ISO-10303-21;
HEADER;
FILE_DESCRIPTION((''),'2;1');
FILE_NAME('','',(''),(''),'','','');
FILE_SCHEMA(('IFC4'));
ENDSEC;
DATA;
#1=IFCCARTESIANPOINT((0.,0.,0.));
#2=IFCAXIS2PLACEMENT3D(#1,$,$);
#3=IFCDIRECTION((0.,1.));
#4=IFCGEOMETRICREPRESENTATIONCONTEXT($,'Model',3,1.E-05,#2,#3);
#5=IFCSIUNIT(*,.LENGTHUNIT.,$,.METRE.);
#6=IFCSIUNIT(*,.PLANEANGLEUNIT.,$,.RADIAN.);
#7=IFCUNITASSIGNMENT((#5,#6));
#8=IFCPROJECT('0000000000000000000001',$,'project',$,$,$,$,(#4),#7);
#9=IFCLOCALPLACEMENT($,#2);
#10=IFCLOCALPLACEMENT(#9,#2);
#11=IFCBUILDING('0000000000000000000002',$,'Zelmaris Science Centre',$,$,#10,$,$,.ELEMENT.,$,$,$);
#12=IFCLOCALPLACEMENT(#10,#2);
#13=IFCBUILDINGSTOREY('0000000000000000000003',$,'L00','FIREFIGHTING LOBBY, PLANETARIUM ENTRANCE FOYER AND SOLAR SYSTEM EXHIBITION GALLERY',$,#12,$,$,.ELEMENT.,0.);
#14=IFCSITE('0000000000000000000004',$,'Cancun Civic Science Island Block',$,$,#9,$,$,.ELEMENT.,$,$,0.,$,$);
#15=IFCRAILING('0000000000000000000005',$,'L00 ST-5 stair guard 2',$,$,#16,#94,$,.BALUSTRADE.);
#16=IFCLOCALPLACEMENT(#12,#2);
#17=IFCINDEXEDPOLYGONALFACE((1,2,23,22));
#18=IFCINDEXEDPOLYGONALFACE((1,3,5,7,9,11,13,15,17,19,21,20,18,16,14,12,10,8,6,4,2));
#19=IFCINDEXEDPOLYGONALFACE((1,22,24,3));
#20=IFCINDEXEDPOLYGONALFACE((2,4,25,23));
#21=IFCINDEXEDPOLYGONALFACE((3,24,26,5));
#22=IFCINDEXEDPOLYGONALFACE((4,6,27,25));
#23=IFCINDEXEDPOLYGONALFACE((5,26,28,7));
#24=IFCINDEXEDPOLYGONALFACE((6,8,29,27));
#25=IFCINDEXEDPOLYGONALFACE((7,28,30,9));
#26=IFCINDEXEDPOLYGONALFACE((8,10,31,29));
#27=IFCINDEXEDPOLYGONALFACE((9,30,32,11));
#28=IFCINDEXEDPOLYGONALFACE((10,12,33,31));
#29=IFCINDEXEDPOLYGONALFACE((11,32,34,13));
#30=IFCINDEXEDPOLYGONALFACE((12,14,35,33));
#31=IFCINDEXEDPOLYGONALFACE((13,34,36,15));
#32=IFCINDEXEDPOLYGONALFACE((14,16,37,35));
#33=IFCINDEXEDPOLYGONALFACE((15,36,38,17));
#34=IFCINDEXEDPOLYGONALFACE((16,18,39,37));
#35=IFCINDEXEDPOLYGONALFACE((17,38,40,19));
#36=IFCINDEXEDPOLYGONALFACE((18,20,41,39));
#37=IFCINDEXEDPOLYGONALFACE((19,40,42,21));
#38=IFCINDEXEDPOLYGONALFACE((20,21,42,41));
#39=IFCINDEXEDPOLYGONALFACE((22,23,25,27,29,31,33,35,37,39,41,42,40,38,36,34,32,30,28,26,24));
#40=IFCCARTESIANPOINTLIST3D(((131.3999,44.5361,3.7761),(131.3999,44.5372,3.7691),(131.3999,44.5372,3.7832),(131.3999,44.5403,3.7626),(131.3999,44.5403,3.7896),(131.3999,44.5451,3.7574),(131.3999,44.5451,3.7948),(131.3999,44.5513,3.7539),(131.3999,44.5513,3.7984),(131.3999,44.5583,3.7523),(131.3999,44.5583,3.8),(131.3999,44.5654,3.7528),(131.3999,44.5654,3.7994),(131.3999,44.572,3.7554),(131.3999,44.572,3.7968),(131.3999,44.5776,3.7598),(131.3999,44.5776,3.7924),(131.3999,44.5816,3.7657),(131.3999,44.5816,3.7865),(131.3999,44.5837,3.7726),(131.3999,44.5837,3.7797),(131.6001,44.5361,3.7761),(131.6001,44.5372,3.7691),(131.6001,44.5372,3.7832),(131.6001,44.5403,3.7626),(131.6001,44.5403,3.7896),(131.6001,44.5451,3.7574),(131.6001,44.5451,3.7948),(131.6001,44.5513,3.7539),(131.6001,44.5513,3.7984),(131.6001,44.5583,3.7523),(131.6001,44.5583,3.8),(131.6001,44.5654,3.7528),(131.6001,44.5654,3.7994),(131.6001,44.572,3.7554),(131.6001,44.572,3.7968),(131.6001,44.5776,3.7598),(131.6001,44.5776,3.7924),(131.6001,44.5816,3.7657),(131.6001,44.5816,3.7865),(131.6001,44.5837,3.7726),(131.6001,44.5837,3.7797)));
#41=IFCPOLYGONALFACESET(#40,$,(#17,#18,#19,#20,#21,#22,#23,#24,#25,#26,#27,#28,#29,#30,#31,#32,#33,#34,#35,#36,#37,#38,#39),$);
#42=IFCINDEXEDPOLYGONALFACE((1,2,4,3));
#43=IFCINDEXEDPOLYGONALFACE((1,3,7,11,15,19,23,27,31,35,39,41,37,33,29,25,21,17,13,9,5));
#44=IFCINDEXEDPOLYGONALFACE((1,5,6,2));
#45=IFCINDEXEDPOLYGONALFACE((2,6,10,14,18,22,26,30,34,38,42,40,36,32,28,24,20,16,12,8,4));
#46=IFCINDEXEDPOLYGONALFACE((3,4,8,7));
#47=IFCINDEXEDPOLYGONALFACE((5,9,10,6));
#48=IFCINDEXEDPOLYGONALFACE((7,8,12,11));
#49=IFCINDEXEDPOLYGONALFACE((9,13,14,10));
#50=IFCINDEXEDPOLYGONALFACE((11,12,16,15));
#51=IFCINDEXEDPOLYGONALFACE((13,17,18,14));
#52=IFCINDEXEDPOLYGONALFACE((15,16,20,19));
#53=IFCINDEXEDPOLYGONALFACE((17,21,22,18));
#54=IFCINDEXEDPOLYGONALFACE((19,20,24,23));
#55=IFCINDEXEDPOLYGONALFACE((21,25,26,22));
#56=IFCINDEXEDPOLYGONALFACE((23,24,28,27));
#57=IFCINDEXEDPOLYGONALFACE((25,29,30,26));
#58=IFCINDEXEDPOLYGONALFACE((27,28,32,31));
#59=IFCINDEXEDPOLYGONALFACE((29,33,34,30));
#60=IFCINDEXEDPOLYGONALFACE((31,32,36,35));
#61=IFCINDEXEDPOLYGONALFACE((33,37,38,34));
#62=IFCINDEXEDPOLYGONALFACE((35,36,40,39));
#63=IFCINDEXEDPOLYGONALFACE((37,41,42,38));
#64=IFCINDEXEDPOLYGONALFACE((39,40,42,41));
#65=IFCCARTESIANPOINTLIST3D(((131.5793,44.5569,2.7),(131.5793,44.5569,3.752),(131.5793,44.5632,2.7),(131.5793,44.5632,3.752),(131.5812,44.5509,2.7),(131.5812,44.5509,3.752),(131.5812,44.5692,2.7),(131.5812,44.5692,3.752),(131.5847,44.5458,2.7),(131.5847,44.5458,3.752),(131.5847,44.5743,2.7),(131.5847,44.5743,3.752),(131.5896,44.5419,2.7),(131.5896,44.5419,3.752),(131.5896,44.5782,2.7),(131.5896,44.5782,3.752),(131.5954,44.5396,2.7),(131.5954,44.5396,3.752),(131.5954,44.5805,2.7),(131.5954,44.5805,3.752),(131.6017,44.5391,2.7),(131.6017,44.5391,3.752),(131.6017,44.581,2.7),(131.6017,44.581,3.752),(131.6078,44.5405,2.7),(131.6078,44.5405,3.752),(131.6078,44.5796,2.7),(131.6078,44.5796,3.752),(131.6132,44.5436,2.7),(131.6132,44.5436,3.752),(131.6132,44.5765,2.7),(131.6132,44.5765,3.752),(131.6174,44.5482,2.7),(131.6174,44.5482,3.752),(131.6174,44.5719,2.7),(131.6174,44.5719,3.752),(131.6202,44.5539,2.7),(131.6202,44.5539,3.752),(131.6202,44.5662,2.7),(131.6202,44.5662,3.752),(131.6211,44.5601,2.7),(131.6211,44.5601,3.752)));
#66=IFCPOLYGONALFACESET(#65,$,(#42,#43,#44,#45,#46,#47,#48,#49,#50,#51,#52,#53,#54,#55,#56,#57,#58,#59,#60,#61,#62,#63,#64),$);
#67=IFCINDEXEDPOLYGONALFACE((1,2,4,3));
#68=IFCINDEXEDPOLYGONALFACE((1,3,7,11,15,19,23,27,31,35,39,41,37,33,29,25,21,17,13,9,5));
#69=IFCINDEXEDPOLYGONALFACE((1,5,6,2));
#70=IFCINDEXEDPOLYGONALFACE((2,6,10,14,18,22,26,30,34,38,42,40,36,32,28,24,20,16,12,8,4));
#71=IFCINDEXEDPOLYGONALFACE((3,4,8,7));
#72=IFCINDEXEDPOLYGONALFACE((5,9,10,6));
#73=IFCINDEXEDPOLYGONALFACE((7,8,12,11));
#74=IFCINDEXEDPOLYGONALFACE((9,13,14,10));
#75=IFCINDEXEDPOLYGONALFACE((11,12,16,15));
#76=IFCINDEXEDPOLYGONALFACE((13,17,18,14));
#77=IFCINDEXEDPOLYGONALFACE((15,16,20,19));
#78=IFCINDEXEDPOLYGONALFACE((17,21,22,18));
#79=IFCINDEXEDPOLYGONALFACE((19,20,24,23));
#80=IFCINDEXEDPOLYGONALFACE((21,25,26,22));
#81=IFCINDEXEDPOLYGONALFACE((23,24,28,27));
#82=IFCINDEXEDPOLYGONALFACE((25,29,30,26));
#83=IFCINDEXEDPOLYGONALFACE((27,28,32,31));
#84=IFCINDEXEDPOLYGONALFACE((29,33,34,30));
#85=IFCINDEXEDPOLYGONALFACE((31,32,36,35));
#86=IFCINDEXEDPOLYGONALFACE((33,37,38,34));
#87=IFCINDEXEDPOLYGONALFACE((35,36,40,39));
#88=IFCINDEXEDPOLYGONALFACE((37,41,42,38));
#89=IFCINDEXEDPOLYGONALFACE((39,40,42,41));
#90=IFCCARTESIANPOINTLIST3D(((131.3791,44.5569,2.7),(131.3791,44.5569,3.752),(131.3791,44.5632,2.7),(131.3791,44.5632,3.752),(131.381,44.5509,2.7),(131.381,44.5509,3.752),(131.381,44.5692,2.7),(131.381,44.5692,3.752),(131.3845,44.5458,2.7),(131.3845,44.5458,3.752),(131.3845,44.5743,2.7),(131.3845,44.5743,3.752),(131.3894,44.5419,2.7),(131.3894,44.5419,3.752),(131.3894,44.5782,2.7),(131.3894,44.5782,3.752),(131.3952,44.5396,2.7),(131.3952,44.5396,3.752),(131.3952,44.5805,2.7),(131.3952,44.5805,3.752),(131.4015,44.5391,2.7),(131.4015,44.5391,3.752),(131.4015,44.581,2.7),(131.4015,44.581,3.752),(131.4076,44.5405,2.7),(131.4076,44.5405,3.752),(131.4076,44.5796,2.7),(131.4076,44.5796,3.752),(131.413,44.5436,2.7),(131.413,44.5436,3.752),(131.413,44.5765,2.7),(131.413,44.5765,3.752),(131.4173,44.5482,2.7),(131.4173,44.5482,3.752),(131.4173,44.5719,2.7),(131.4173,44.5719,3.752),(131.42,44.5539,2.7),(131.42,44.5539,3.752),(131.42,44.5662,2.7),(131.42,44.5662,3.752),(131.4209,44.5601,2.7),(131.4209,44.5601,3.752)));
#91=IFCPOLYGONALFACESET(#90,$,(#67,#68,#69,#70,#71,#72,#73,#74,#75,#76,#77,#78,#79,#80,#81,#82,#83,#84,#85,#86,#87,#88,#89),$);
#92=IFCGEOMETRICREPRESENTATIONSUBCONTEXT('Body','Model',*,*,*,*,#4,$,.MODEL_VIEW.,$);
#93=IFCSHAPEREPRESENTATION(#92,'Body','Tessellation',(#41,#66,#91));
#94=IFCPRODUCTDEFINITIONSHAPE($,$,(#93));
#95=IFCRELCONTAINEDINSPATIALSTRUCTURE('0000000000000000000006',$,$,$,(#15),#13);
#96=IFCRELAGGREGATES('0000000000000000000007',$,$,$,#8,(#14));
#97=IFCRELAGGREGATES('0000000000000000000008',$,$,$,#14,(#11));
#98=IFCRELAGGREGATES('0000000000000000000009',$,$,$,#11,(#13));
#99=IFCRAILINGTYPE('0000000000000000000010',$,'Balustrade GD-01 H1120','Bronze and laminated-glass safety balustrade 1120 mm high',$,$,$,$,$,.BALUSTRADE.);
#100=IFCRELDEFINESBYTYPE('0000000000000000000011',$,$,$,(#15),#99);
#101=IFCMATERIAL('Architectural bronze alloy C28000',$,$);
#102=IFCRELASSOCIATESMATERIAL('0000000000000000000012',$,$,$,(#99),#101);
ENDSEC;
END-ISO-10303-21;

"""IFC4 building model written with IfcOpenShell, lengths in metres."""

from ifc_helpers import new_model, si_unit, direction, frame, origin, origin_2d, place, context, subcontext, project, spatial, circle, extrude, material, type_object, element, save


model = new_model("IFC4")

# Units and contexts
model_context = context("Model", 3, precision=1e-05, world=origin(), true_north=direction((0.0, 1.0)))
body_context = subcontext(model_context, "Body", "Model", "MODEL_VIEW")
ifc_project = project(units=[si_unit("LENGTHUNIT", "METRE"), si_unit("PLANEANGLEUNIT", "RADIAN")], contexts=[model_context])

# Site, building, storey
site_placement = place(None, origin())
site = spatial("IfcSite", under=ifc_project, at=site_placement, Name="Cancun Civic Science Island Block", CompositionType="ELEMENT", RefElevation=0.0)
building_placement = place(site_placement, origin())
building = spatial("IfcBuilding", under=site, at=building_placement, Name="Zelmaris Science Centre", CompositionType="ELEMENT")
storey_placement = place(building_placement, origin())
storey = spatial("IfcBuildingStorey", under=building, at=storey_placement, Name="L00", Description="FIREFIGHTING LOBBY, PLANETARIUM ENTRANCE FOYER AND SOLAR SYSTEM EXHIBITION GALLERY", CompositionType="ELEMENT", Elevation=0.0)

# Railing
ifc_material_1 = material(Name="Architectural bronze alloy C28000")
railing_type_1 = type_object("IfcRailingType", Name="Balustrade GD-01 H1120", Description="Bronze and laminated-glass safety balustrade 1120 mm high", PredefinedType="BALUSTRADE", material=ifc_material_1)
railing_1_placement = place(storey_placement, frame((131.6001, 44.5601, 2.7)))
element("IfcRailing", 1, at=railing_1_placement, inside=storey, type_object=railing_type_1, Name="L00 ST-5 stair guard 2", PredefinedType="BALUSTRADE", context=body_context, shape_type="SweptSolid", body=[
    extrude(circle(Radius=0.0239, at=origin_2d()), frame((0.0, 0.0, 1.0762), z_axis=(-1.0, 0.0, 0.0), x_axis=(0.0, -1.0, 0.0)), (0.0, 0.0, 1.0), 0.2002),
    extrude(circle(Radius=0.021, at=origin_2d()), origin(), (0.0, 0.0, 1.0), 1.052),
    extrude(circle(Radius=0.021, at=origin_2d()), frame((-0.2002, 0.0, 0.0)), (0.0, 0.0, 1.0), 1.052),
])

save(model, "model.ifc")
